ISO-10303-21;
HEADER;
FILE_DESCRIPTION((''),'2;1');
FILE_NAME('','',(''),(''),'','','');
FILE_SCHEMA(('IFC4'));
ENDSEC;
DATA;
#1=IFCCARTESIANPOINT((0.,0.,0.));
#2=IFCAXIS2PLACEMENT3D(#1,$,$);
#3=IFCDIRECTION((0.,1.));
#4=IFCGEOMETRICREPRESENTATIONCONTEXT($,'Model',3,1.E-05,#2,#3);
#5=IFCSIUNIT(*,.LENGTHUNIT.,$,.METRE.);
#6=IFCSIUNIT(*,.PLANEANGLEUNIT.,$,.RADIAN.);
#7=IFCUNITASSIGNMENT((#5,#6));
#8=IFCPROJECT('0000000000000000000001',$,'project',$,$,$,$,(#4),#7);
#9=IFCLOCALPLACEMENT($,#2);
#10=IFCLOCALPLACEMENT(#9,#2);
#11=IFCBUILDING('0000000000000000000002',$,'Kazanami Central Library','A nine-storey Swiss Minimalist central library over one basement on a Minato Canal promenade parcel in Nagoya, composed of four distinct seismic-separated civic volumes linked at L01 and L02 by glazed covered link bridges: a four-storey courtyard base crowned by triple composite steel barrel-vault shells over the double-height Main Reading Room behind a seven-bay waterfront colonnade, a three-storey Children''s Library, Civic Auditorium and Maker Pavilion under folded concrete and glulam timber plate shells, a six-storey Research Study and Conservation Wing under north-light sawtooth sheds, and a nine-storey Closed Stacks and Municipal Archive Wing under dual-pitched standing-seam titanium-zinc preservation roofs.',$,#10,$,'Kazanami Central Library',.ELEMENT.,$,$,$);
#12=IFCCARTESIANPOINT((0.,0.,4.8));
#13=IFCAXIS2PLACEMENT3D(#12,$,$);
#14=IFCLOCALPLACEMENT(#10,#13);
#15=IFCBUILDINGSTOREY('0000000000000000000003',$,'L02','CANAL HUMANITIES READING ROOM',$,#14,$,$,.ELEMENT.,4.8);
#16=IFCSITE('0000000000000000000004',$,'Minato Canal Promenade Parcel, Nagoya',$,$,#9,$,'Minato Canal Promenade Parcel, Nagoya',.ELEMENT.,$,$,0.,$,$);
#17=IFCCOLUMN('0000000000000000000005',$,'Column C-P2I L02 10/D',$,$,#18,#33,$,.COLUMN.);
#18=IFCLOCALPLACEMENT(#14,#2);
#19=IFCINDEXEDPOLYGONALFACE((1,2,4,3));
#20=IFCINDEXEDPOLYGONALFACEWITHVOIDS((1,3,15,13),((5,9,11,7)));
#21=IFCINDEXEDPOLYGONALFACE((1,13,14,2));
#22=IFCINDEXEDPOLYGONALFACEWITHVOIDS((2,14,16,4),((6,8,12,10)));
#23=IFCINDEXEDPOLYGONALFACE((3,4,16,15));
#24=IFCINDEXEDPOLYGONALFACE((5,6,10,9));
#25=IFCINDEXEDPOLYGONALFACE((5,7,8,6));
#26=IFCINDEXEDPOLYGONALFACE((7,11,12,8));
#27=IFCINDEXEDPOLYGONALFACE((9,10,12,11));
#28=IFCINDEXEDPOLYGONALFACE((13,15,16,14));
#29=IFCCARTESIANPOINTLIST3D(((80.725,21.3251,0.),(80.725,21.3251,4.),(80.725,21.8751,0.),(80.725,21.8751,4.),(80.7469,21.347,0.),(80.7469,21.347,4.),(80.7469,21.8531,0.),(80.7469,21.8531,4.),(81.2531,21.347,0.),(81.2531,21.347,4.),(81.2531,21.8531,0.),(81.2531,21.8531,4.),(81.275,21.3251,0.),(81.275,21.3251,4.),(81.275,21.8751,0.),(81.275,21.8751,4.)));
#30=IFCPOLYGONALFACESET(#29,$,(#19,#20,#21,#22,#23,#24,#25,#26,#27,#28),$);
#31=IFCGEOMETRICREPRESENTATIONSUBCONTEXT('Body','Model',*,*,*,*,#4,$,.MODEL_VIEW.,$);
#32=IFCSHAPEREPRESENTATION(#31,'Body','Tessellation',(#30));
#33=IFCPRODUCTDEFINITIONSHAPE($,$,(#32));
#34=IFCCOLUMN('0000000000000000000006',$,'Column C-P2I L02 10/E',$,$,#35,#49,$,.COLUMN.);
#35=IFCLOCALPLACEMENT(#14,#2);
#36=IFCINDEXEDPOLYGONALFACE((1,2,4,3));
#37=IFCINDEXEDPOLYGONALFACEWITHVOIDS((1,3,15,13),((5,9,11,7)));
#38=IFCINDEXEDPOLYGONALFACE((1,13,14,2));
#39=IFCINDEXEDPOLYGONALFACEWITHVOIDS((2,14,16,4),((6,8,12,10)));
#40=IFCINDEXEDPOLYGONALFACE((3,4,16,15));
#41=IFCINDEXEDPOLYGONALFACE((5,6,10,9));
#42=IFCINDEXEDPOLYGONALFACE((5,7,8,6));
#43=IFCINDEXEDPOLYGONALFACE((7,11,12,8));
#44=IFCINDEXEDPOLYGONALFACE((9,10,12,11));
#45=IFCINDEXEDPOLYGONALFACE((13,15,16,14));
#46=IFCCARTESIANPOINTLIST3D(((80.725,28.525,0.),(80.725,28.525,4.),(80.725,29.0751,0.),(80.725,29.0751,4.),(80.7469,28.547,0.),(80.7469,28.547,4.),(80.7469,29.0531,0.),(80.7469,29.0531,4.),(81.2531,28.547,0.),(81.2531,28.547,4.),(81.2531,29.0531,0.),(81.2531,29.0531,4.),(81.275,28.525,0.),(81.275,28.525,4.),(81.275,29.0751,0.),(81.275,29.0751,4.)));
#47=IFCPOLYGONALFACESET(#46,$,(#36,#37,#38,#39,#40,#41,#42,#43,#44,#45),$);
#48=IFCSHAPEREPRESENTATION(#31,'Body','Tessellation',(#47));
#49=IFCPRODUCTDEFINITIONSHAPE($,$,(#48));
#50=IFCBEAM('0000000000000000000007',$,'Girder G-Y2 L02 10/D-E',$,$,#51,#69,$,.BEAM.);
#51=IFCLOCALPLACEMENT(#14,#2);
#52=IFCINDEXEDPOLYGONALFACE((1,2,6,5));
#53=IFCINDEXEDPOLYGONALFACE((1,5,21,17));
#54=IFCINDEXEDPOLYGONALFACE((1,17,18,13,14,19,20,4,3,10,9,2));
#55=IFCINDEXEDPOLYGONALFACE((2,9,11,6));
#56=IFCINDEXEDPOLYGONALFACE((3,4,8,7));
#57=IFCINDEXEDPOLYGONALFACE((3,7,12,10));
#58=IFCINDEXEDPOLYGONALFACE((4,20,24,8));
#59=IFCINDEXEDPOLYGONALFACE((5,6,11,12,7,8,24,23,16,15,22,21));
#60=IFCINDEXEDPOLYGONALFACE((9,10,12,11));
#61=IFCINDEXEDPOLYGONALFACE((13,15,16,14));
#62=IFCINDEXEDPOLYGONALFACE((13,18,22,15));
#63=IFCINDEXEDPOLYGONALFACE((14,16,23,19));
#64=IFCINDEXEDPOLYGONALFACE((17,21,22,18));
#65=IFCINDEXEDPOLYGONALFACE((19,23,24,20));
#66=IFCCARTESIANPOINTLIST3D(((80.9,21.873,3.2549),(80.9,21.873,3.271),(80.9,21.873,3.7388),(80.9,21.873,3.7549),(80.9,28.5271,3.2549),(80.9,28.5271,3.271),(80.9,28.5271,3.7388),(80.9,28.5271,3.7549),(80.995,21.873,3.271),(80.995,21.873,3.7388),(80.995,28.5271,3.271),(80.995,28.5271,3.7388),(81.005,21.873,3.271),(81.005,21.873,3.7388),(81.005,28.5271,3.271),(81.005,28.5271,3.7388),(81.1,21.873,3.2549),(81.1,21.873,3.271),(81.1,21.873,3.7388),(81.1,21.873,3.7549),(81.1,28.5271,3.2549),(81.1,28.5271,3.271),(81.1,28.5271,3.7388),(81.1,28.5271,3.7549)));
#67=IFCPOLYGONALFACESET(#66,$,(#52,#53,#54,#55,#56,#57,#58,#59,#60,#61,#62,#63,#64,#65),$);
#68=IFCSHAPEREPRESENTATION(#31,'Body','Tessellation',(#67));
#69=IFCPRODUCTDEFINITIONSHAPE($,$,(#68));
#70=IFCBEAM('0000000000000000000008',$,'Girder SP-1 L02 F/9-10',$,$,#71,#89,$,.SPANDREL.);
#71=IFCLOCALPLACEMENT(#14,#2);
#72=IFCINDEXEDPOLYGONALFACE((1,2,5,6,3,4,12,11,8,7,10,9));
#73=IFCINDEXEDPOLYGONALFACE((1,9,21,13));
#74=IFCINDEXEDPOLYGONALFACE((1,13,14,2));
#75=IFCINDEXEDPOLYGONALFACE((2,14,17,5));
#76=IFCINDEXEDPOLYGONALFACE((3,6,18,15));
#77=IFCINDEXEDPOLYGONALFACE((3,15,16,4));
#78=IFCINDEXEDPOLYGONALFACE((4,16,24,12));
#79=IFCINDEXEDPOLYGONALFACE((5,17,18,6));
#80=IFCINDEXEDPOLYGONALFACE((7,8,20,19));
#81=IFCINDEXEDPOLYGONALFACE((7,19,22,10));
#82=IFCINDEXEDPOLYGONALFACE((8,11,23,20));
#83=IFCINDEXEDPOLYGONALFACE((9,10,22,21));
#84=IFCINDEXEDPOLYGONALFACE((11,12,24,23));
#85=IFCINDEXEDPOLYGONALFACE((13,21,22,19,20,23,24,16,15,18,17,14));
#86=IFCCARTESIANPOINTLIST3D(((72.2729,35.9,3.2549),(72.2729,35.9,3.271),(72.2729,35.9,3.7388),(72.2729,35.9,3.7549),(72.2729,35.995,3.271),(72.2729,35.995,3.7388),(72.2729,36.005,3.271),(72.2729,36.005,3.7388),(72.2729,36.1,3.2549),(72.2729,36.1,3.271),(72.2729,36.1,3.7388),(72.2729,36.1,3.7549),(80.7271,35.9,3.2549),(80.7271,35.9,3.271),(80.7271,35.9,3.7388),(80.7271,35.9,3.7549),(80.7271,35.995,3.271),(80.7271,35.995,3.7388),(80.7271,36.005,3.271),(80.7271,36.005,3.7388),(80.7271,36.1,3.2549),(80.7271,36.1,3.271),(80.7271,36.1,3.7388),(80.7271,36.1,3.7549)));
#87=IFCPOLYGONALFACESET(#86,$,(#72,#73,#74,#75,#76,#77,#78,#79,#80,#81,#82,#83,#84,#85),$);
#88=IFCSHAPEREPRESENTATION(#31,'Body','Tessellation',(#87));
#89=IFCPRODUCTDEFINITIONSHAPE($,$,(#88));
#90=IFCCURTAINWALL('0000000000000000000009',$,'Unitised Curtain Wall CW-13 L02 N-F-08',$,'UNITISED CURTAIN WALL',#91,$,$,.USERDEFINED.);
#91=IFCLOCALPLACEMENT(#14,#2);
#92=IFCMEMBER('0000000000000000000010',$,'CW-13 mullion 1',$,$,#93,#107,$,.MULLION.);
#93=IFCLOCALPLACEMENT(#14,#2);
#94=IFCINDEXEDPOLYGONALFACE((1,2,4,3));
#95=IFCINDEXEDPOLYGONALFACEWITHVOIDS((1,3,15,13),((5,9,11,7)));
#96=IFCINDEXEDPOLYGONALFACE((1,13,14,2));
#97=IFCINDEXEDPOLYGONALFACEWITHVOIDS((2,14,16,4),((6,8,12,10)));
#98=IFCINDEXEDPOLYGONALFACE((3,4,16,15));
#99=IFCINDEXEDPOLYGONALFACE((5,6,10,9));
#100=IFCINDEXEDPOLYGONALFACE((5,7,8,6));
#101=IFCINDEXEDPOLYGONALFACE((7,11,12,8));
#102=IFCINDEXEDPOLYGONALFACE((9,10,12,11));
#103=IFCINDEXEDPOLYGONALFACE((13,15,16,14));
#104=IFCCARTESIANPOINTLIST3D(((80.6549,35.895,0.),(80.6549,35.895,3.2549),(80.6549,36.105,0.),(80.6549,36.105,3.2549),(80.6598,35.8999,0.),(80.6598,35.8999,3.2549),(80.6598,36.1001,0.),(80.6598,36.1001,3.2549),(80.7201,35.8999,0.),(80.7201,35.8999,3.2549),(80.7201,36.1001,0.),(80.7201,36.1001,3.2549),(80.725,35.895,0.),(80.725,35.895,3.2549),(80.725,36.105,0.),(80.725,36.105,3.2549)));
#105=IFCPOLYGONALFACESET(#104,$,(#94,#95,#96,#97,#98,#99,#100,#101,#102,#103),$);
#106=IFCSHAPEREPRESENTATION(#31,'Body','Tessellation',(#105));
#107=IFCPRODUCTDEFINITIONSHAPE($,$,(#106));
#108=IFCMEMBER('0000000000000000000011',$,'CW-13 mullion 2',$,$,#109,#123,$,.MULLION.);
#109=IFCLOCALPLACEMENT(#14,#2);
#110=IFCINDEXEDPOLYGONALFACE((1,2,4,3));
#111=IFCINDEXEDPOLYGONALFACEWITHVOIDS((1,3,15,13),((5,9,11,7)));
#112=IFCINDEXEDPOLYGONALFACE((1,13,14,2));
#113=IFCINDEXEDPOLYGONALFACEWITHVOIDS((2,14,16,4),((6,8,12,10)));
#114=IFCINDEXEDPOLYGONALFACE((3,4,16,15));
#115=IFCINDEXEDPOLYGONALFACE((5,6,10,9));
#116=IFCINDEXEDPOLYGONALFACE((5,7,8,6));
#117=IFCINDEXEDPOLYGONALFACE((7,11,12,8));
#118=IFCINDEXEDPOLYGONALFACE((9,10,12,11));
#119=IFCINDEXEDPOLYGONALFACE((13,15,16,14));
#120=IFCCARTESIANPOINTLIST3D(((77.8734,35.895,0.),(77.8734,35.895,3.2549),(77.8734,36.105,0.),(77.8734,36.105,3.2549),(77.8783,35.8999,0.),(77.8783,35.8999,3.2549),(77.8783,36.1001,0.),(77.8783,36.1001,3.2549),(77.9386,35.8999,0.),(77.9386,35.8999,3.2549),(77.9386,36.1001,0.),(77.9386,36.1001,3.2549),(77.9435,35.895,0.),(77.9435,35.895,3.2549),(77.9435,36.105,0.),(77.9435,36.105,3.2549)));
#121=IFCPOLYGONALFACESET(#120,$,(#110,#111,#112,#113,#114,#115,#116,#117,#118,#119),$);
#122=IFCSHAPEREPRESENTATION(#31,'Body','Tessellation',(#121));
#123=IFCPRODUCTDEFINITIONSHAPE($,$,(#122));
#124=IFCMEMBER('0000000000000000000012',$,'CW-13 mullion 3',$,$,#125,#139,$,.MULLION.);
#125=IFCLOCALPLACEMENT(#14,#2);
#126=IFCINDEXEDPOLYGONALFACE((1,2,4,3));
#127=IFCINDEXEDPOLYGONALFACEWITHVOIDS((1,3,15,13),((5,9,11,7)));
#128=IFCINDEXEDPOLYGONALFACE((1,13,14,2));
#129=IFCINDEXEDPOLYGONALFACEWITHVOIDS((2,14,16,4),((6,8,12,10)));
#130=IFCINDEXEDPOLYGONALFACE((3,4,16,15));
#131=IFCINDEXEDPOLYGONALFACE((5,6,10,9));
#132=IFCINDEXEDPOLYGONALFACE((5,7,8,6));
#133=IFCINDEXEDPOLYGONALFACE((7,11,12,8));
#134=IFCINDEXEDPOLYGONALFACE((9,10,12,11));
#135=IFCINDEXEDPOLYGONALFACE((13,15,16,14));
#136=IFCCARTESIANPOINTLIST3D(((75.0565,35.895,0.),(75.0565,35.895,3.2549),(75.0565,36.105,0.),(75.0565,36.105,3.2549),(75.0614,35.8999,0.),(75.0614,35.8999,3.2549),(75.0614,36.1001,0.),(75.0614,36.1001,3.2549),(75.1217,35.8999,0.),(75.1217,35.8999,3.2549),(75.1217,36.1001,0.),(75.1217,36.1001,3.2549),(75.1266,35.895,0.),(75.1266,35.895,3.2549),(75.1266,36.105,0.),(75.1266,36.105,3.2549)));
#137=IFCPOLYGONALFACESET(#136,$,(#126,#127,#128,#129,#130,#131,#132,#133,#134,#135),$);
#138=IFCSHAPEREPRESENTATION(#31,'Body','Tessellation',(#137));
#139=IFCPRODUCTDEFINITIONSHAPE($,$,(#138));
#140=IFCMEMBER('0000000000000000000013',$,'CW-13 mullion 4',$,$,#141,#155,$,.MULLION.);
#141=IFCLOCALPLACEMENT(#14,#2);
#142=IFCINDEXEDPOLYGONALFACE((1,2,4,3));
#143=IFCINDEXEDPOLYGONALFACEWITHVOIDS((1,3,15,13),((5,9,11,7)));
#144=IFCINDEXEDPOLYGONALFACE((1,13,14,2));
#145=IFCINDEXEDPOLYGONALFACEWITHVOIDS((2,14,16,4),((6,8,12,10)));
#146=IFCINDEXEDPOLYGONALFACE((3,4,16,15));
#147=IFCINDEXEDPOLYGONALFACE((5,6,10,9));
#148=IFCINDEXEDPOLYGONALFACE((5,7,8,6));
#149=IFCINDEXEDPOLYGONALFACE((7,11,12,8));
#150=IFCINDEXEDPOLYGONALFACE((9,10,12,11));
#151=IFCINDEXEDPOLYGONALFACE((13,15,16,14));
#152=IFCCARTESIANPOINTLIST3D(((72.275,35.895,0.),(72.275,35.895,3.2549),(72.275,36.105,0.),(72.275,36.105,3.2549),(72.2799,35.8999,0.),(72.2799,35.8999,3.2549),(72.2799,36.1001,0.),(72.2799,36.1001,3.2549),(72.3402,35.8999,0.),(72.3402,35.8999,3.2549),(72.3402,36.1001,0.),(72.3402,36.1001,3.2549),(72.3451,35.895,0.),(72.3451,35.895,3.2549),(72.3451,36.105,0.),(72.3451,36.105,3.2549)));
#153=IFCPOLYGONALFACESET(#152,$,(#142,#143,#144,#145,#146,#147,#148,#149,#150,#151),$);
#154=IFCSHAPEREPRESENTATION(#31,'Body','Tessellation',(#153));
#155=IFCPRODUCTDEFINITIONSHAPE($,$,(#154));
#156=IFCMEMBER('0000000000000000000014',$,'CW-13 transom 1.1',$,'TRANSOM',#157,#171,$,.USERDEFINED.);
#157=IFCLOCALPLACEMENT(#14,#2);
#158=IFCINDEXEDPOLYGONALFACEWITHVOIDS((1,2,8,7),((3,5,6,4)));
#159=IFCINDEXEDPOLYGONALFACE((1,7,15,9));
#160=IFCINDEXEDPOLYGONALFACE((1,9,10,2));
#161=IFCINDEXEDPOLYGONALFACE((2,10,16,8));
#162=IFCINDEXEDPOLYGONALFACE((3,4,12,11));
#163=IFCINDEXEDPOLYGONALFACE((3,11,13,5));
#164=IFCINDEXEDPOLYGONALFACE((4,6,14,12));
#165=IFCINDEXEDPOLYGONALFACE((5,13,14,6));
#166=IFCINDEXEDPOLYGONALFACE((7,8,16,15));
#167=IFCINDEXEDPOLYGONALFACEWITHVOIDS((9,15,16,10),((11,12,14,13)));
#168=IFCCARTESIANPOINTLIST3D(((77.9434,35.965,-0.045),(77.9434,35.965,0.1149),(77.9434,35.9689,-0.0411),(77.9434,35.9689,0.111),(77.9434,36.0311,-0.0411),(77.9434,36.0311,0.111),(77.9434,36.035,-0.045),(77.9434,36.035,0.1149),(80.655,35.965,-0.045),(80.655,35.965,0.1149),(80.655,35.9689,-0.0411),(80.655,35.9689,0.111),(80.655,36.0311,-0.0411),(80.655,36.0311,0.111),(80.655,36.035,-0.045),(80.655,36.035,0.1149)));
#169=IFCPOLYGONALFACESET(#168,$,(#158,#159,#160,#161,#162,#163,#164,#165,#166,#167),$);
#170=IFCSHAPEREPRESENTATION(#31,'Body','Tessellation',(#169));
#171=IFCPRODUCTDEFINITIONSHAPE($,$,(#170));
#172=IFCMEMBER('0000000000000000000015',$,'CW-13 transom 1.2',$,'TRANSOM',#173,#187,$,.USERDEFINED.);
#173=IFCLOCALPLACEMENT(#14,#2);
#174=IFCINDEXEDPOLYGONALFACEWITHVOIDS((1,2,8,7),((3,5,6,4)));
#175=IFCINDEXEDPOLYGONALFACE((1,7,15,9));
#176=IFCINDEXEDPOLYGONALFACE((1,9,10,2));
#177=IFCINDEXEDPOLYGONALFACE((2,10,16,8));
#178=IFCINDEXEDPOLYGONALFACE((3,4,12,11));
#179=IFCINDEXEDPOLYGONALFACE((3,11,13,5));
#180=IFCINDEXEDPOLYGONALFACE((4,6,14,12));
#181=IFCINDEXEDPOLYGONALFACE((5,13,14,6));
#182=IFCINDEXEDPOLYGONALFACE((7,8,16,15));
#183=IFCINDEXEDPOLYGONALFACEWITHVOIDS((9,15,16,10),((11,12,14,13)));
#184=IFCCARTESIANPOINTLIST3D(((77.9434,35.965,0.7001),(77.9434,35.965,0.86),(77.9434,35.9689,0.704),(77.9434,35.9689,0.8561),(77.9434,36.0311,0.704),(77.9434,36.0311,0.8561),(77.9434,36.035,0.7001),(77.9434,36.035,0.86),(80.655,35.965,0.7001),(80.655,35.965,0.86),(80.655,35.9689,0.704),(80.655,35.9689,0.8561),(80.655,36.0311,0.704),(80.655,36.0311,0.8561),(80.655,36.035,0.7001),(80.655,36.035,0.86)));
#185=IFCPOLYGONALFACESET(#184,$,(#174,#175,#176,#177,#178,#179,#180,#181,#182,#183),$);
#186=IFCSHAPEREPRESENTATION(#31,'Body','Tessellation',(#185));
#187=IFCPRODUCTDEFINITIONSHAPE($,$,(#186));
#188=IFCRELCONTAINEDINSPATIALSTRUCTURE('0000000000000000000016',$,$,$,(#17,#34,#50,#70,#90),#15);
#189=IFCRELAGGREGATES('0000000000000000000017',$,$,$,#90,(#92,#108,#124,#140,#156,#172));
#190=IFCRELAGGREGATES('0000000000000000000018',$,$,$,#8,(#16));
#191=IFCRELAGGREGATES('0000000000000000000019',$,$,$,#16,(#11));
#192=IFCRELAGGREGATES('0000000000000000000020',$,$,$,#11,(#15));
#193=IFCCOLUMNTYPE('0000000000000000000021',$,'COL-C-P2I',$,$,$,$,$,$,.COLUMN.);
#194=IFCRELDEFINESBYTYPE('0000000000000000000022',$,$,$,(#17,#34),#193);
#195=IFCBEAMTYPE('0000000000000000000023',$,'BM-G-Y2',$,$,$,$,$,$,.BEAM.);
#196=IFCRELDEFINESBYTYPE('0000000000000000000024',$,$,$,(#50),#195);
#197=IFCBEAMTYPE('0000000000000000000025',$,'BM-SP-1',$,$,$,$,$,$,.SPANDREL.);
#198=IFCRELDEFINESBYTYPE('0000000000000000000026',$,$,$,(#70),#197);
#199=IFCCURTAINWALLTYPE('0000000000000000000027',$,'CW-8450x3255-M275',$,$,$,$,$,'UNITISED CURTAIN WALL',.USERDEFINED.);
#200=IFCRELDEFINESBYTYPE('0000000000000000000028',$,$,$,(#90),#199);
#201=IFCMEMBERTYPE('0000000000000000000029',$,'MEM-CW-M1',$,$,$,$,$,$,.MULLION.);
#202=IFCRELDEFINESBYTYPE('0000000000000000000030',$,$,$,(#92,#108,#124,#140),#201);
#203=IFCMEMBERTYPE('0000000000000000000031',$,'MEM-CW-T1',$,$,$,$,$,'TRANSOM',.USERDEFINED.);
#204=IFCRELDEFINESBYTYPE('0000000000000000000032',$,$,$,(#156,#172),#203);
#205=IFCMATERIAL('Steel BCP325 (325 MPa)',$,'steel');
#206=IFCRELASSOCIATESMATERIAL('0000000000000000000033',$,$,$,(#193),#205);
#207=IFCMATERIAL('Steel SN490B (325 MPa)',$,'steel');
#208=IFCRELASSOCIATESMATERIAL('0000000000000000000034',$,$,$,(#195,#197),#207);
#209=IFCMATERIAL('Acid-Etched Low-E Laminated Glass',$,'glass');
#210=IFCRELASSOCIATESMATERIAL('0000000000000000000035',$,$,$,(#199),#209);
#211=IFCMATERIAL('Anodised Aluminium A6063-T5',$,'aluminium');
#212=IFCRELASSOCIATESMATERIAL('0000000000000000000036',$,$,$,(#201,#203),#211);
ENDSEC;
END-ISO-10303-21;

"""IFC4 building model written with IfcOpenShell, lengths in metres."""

from ifc_helpers import new_model, si_unit, direction, frame, origin, origin_2d, place, context, subcontext, project, spatial, hollow_rectangle, i_section, extrude, material, material_profile, profile_set, type_object, element, aggregate, save


model = new_model("IFC4")

# Units and contexts
model_context = context("Model", 3, precision=1e-05, world=origin(), true_north=direction((0.0, 1.0)))
body_context = subcontext(model_context, "Body", "Model", "MODEL_VIEW")
ifc_project = project(units=[si_unit("LENGTHUNIT", "METRE"), si_unit("PLANEANGLEUNIT", "RADIAN")], contexts=[model_context])

# Site, building, storey
site_placement = place(None, origin())
site = spatial("IfcSite", under=ifc_project, at=site_placement, Name="Minato Canal Promenade Parcel, Nagoya", LongName="Minato Canal Promenade Parcel, Nagoya", CompositionType="ELEMENT", RefElevation=0.0)
building_placement = place(site_placement, origin())
building = spatial("IfcBuilding", under=site, at=building_placement, Name="Kazanami Central Library", Description="A nine-storey Swiss Minimalist central library over one basement on a Minato Canal promenade parcel in Nagoya, composed of four distinct seismic-separated civic volumes linked at L01 and L02 by glazed covered link bridges: a four-storey courtyard base crowned by triple composite steel barrel-vault shells over the double-height Main Reading Room behind a seven-bay waterfront colonnade, a three-storey Children's Library, Civic Auditorium and Maker Pavilion under folded concrete and glulam timber plate shells, a six-storey Research Study and Conservation Wing under north-light sawtooth sheds, and a nine-storey Closed Stacks and Municipal Archive Wing under dual-pitched standing-seam titanium-zinc preservation roofs.", LongName="Kazanami Central Library", CompositionType="ELEMENT")
storey_placement = place(building_placement, frame((0.0, 0.0, 4.8)))
storey = spatial("IfcBuildingStorey", under=building, at=storey_placement, Name="L02", Description="CANAL HUMANITIES READING ROOM", CompositionType="ELEMENT", Elevation=4.8)

# Columns
ifc_material_1 = material(Name="Steel BCP325 (325 MPa)", Category="steel")
ifc_material_profile_1 = material_profile(ifc_material_1, hollow_rectangle(XDim=0.55, YDim=0.55, WallThickness=0.022, at=origin_2d()), Name="BCP-550x550x22")
ifc_profile_set_1 = profile_set([ifc_material_profile_1], Name="Steel BCP325 (325 MPa)")
column_type = type_object("IfcColumnType", Name="COL-C-P2I", PredefinedType="COLUMN", material=ifc_profile_set_1)
for number, where, z_axis, x_axis, name in (
    (1, (81.0, 21.6001, 0.0), (0.0, 0.0, 1.0), (1.0, 0.0, 0.0), "Column C-P2I L02 10/D"),
    (2, (81.0, 28.8, 0.0), (0.0, 0.0, 1.0), (1.0, 0.0, 0.0), "Column C-P2I L02 10/E"),
):
    element("IfcColumn", number, at=place(storey_placement, frame(where, z_axis=z_axis, x_axis=x_axis)), inside=storey, type_object=column_type, Name=name, PredefinedType="COLUMN", context=body_context, shape_type="SweptSolid", body=[
        extrude(hollow_rectangle(XDim=0.55, YDim=0.55, WallThickness=0.022, at=origin_2d()), origin(), (0.0, 0.0, 1.0), 4.0),
    ])

# Beams
ifc_material_2 = material(Name="Steel SN490B (325 MPa)", Category="steel")
ifc_material_profile_2 = material_profile(ifc_material_2, i_section(OverallWidth=0.2, OverallDepth=0.5, WebThickness=0.01, FlangeThickness=0.0161, at=origin_2d()), Name="H-500x200x10x16")
ifc_profile_set_2 = profile_set([ifc_material_profile_2], Name="Steel SN490B (325 MPa)")
beam_type_1 = type_object("IfcBeamType", Name="BM-G-Y2", PredefinedType="BEAM", material=ifc_profile_set_2)
beam_1_placement = place(storey_placement, frame((81.0, 21.873, 3.5049), z_axis=(0.0, 1.0, 0.0), x_axis=(-1.0, 0.0, 0.0)))
element("IfcBeam", 3, at=beam_1_placement, inside=storey, type_object=beam_type_1, Name="Girder G-Y2 L02 10/D-E", PredefinedType="BEAM", context=body_context, shape_type="SweptSolid", body=[
    extrude(i_section(OverallWidth=0.2, OverallDepth=0.5, WebThickness=0.01, FlangeThickness=0.0161, at=origin_2d()), origin(), (0.0, 0.0, 1.0), 6.6541),
])
ifc_material_profile_3 = material_profile(ifc_material_2, i_section(OverallWidth=0.2, OverallDepth=0.5, WebThickness=0.01, FlangeThickness=0.0161, at=origin_2d()), Name="H-500x200x10x16")
ifc_profile_set_3 = profile_set([ifc_material_profile_3], Name="Steel SN490B (325 MPa)")
beam_type_2 = type_object("IfcBeamType", Name="BM-SP-1", PredefinedType="SPANDREL", material=ifc_profile_set_3)
beam_2_placement = place(storey_placement, frame((72.2729, 36.0, 3.5049), z_axis=(1.0, 0.0, 0.0), x_axis=(0.0, 1.0, 0.0)))
element("IfcBeam", 4, at=beam_2_placement, inside=storey, type_object=beam_type_2, Name="Girder SP-1 L02 F/9-10", PredefinedType="SPANDREL", context=body_context, shape_type="SweptSolid", body=[
    extrude(i_section(OverallWidth=0.2, OverallDepth=0.5, WebThickness=0.01, FlangeThickness=0.0161, at=origin_2d()), origin(), (0.0, 0.0, 1.0), 8.4541),
])

# Curtain wall, members
ifc_material_3 = material(Name="Acid-Etched Low-E Laminated Glass", Category="glass")
curtain_wall_type = type_object("IfcCurtainWallType", Name="CW-8450x3255-M275", ElementType="UNITISED CURTAIN WALL", PredefinedType="USERDEFINED", material=ifc_material_3)
curtain_wall_placement = place(storey_placement, origin())
curtain_wall = element("IfcCurtainWall", 5, at=curtain_wall_placement, inside=storey, type_object=curtain_wall_type, Name="Unitised Curtain Wall CW-13 L02 N-F-08", ObjectType="UNITISED CURTAIN WALL", PredefinedType="USERDEFINED")
ifc_material_4 = material(Name="Anodised Aluminium A6063-T5", Category="aluminium")
ifc_material_profile_4 = material_profile(ifc_material_4, hollow_rectangle(XDim=0.0701, YDim=0.21, WallThickness=0.0049, at=origin_2d()), Name="ALU-MULL-70x210x5")
ifc_profile_set_4 = profile_set([ifc_material_profile_4], Name="Anodised Aluminium A6063-T5")
member_type_1 = type_object("IfcMemberType", Name="MEM-CW-M1", PredefinedType="MULLION", material=ifc_profile_set_4)
member_1_placement = place(storey_placement, frame((80.6899, 36.0, 0.0), z_axis=(0.0, 0.0, 1.0), x_axis=(-1.0, 0.0, 0.0)))
member_1 = element("IfcMember", 6, at=member_1_placement, type_object=member_type_1, Name="CW-13 mullion 1", PredefinedType="MULLION", context=body_context, shape_type="SweptSolid", body=[
    extrude(hollow_rectangle(XDim=0.0701, YDim=0.21, WallThickness=0.0049, at=origin_2d()), origin(), (0.0, 0.0, 1.0), 3.2549),
])
member_2_placement = place(storey_placement, frame((77.9084, 36.0, 0.0), z_axis=(0.0, 0.0, 1.0), x_axis=(-1.0, 0.0, 0.0)))
member_2 = element("IfcMember", 7, at=member_2_placement, type_object=member_type_1, Name="CW-13 mullion 2", PredefinedType="MULLION", context=body_context, shape_type="SweptSolid", body=[
    extrude(hollow_rectangle(XDim=0.0701, YDim=0.21, WallThickness=0.0049, at=origin_2d()), origin(), (0.0, 0.0, 1.0), 3.2549),
])
member_3_placement = place(storey_placement, frame((75.0916, 36.0, 0.0), z_axis=(0.0, 0.0, 1.0), x_axis=(-1.0, 0.0, 0.0)))
member_3 = element("IfcMember", 8, at=member_3_placement, type_object=member_type_1, Name="CW-13 mullion 3", PredefinedType="MULLION", context=body_context, shape_type="SweptSolid", body=[
    extrude(hollow_rectangle(XDim=0.0701, YDim=0.21, WallThickness=0.0049, at=origin_2d()), origin(), (0.0, 0.0, 1.0), 3.2549),
])
member_4_placement = place(storey_placement, frame((72.3101, 36.0, 0.0), z_axis=(0.0, 0.0, 1.0), x_axis=(-1.0, 0.0, 0.0)))
member_4 = element("IfcMember", 9, at=member_4_placement, type_object=member_type_1, Name="CW-13 mullion 4", PredefinedType="MULLION", context=body_context, shape_type="SweptSolid", body=[
    extrude(hollow_rectangle(XDim=0.0701, YDim=0.21, WallThickness=0.0049, at=origin_2d()), origin(), (0.0, 0.0, 1.0), 3.2549),
])
ifc_material_profile_5 = material_profile(ifc_material_4, hollow_rectangle(XDim=0.0701, YDim=0.1599, WallThickness=0.0039, at=origin_2d()), Name="ALU-TRAN-70x160x4")
ifc_profile_set_5 = profile_set([ifc_material_profile_5], Name="Anodised Aluminium A6063-T5")
member_type_2 = type_object("IfcMemberType", Name="MEM-CW-T1", ElementType="TRANSOM", PredefinedType="USERDEFINED", material=ifc_profile_set_5)
member_5_placement = place(storey_placement, frame((80.655, 36.0, 0.0349), z_axis=(-1.0, 0.0, 0.0), x_axis=(0.0, -1.0, 0.0)))
member_5 = element("IfcMember", 10, at=member_5_placement, type_object=member_type_2, Name="CW-13 transom 1.1", ObjectType="TRANSOM", PredefinedType="USERDEFINED", context=body_context, shape_type="SweptSolid", body=[
    extrude(hollow_rectangle(XDim=0.0701, YDim=0.1599, WallThickness=0.0039, at=origin_2d()), origin(), (0.0, 0.0, 1.0), 2.7117),
])
member_6_placement = place(storey_placement, frame((80.655, 36.0, 0.78), z_axis=(-1.0, 0.0, 0.0), x_axis=(0.0, -1.0, 0.0)))
member_6 = element("IfcMember", 11, at=member_6_placement, type_object=member_type_2, Name="CW-13 transom 1.2", ObjectType="TRANSOM", PredefinedType="USERDEFINED", context=body_context, shape_type="SweptSolid", body=[
    extrude(hollow_rectangle(XDim=0.0701, YDim=0.1599, WallThickness=0.0039, at=origin_2d()), origin(), (0.0, 0.0, 1.0), 2.7117),
])
aggregate(curtain_wall, [member_1, member_2, member_3, member_4, member_5, member_6])

save(model, "model.ifc")
